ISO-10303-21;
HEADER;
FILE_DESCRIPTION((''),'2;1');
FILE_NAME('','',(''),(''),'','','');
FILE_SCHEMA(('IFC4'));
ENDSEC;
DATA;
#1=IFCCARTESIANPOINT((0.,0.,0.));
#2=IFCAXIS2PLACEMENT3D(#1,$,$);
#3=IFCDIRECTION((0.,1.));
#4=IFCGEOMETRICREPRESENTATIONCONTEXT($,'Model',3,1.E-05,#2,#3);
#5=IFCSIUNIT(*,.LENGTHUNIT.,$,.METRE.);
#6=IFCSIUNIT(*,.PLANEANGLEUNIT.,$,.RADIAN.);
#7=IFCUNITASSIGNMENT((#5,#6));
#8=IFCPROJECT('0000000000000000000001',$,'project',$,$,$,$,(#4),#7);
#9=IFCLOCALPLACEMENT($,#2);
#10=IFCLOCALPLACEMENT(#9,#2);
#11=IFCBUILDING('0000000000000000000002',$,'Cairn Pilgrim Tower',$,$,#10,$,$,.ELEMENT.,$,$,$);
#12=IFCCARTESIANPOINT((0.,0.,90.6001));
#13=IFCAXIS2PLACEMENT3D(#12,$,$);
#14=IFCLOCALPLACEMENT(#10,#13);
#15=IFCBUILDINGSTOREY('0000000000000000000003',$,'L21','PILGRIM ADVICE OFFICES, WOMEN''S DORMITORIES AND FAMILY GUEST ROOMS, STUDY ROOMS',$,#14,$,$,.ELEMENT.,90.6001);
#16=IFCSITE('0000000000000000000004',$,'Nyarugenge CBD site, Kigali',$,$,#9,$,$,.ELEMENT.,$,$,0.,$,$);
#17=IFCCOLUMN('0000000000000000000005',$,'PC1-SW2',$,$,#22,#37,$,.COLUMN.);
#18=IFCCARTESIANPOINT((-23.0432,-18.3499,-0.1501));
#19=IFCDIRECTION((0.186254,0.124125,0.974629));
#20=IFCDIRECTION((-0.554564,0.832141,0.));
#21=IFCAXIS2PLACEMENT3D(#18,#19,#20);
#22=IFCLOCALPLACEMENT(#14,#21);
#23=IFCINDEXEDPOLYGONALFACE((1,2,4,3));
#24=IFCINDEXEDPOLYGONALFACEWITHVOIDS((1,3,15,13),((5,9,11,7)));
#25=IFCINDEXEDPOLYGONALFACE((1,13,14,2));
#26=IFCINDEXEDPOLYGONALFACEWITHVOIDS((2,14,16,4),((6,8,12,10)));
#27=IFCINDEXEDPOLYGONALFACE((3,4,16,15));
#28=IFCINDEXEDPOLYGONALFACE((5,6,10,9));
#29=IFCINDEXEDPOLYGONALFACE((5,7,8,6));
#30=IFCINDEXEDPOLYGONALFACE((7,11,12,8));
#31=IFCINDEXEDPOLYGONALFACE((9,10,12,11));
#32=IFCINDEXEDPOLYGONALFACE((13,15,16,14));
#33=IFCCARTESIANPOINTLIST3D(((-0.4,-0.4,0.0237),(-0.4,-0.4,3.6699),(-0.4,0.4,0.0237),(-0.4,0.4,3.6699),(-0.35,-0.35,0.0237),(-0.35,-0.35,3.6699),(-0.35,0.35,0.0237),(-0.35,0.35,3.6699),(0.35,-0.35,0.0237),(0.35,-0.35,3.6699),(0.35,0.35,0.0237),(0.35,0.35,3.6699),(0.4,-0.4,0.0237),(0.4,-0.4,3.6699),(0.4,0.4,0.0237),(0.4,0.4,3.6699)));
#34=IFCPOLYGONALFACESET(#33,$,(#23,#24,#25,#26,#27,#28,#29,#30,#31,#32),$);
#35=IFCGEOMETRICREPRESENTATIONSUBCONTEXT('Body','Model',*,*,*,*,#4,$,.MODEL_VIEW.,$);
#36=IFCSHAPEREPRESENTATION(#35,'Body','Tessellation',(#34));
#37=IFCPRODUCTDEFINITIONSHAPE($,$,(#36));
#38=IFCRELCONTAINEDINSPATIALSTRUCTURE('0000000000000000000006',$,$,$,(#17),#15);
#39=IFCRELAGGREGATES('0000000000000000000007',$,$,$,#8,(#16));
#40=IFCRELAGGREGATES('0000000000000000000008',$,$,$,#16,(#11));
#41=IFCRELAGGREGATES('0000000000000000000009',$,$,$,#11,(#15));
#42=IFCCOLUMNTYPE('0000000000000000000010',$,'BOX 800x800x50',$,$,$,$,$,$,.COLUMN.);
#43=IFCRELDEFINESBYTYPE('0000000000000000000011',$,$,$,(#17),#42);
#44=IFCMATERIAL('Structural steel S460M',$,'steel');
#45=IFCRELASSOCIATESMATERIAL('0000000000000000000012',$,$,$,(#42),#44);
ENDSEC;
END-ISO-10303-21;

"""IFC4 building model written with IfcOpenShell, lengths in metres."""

from ifc_helpers import new_model, si_unit, direction, frame, origin, origin_2d, place, context, subcontext, project, spatial, hollow_rectangle, extrude, clip, halfspace, material, material_profile, profile_set, type_object, element, save


model = new_model("IFC4")

# Units and contexts
model_context = context("Model", 3, precision=1e-05, world=origin(), true_north=direction((0.0, 1.0)))
body_context = subcontext(model_context, "Body", "Model", "MODEL_VIEW")
ifc_project = project(units=[si_unit("LENGTHUNIT", "METRE"), si_unit("PLANEANGLEUNIT", "RADIAN")], contexts=[model_context])

# Site, building, storey
site_placement = place(None, origin())
site = spatial("IfcSite", under=ifc_project, at=site_placement, Name="Nyarugenge CBD site, Kigali", CompositionType="ELEMENT", RefElevation=0.0)
building_placement = place(site_placement, origin())
building = spatial("IfcBuilding", under=site, at=building_placement, Name="Cairn Pilgrim Tower", CompositionType="ELEMENT")
storey_placement = place(building_placement, frame((0.0, 0.0, 90.6001)))
storey = spatial("IfcBuildingStorey", under=building, at=storey_placement, Name="L21", Description="PILGRIM ADVICE OFFICES, WOMEN'S DORMITORIES AND FAMILY GUEST ROOMS, STUDY ROOMS", CompositionType="ELEMENT", Elevation=90.6001)

# Column
ifc_material_1 = material(Name="Structural steel S460M", Category="steel")
ifc_material_profile_1 = material_profile(ifc_material_1, hollow_rectangle(XDim=0.8, YDim=0.8, WallThickness=0.05, at=origin_2d()), Name="BOX 800x800x50")
ifc_profile_set_1 = profile_set([ifc_material_profile_1], Name="Structural steel S460M")
column_type = type_object("IfcColumnType", Name="BOX 800x800x50", PredefinedType="COLUMN", material=ifc_profile_set_1)
column_placement = place(storey_placement, frame((-23.0432, -18.3499, -0.1501), z_axis=(0.186254, 0.124125, 0.974629), x_axis=(-0.554564, 0.832141, 0.0)))
element("IfcColumn", 1, at=column_placement, inside=storey, type_object=column_type, Name="PC1-SW2", PredefinedType="COLUMN", context=body_context, shape_type="Clipping", body=[
    clip(clip(extrude(hollow_rectangle(XDim=0.8, YDim=0.8, WallThickness=0.05, at=origin_2d()), origin(), (0.0, 0.0, 1.0), 3.6938), halfspace(frame((0.0, 0.0, 0.0237), z_axis=(0.0, 0.0, 1.0), x_axis=(1.0, 0.0, 0.0)), True)), halfspace(frame((0.0, 0.0, 3.6699), z_axis=(0.0, 0.0, 1.0), x_axis=(1.0, 0.0, 0.0)), False)),
])

save(model, "model.ifc")
